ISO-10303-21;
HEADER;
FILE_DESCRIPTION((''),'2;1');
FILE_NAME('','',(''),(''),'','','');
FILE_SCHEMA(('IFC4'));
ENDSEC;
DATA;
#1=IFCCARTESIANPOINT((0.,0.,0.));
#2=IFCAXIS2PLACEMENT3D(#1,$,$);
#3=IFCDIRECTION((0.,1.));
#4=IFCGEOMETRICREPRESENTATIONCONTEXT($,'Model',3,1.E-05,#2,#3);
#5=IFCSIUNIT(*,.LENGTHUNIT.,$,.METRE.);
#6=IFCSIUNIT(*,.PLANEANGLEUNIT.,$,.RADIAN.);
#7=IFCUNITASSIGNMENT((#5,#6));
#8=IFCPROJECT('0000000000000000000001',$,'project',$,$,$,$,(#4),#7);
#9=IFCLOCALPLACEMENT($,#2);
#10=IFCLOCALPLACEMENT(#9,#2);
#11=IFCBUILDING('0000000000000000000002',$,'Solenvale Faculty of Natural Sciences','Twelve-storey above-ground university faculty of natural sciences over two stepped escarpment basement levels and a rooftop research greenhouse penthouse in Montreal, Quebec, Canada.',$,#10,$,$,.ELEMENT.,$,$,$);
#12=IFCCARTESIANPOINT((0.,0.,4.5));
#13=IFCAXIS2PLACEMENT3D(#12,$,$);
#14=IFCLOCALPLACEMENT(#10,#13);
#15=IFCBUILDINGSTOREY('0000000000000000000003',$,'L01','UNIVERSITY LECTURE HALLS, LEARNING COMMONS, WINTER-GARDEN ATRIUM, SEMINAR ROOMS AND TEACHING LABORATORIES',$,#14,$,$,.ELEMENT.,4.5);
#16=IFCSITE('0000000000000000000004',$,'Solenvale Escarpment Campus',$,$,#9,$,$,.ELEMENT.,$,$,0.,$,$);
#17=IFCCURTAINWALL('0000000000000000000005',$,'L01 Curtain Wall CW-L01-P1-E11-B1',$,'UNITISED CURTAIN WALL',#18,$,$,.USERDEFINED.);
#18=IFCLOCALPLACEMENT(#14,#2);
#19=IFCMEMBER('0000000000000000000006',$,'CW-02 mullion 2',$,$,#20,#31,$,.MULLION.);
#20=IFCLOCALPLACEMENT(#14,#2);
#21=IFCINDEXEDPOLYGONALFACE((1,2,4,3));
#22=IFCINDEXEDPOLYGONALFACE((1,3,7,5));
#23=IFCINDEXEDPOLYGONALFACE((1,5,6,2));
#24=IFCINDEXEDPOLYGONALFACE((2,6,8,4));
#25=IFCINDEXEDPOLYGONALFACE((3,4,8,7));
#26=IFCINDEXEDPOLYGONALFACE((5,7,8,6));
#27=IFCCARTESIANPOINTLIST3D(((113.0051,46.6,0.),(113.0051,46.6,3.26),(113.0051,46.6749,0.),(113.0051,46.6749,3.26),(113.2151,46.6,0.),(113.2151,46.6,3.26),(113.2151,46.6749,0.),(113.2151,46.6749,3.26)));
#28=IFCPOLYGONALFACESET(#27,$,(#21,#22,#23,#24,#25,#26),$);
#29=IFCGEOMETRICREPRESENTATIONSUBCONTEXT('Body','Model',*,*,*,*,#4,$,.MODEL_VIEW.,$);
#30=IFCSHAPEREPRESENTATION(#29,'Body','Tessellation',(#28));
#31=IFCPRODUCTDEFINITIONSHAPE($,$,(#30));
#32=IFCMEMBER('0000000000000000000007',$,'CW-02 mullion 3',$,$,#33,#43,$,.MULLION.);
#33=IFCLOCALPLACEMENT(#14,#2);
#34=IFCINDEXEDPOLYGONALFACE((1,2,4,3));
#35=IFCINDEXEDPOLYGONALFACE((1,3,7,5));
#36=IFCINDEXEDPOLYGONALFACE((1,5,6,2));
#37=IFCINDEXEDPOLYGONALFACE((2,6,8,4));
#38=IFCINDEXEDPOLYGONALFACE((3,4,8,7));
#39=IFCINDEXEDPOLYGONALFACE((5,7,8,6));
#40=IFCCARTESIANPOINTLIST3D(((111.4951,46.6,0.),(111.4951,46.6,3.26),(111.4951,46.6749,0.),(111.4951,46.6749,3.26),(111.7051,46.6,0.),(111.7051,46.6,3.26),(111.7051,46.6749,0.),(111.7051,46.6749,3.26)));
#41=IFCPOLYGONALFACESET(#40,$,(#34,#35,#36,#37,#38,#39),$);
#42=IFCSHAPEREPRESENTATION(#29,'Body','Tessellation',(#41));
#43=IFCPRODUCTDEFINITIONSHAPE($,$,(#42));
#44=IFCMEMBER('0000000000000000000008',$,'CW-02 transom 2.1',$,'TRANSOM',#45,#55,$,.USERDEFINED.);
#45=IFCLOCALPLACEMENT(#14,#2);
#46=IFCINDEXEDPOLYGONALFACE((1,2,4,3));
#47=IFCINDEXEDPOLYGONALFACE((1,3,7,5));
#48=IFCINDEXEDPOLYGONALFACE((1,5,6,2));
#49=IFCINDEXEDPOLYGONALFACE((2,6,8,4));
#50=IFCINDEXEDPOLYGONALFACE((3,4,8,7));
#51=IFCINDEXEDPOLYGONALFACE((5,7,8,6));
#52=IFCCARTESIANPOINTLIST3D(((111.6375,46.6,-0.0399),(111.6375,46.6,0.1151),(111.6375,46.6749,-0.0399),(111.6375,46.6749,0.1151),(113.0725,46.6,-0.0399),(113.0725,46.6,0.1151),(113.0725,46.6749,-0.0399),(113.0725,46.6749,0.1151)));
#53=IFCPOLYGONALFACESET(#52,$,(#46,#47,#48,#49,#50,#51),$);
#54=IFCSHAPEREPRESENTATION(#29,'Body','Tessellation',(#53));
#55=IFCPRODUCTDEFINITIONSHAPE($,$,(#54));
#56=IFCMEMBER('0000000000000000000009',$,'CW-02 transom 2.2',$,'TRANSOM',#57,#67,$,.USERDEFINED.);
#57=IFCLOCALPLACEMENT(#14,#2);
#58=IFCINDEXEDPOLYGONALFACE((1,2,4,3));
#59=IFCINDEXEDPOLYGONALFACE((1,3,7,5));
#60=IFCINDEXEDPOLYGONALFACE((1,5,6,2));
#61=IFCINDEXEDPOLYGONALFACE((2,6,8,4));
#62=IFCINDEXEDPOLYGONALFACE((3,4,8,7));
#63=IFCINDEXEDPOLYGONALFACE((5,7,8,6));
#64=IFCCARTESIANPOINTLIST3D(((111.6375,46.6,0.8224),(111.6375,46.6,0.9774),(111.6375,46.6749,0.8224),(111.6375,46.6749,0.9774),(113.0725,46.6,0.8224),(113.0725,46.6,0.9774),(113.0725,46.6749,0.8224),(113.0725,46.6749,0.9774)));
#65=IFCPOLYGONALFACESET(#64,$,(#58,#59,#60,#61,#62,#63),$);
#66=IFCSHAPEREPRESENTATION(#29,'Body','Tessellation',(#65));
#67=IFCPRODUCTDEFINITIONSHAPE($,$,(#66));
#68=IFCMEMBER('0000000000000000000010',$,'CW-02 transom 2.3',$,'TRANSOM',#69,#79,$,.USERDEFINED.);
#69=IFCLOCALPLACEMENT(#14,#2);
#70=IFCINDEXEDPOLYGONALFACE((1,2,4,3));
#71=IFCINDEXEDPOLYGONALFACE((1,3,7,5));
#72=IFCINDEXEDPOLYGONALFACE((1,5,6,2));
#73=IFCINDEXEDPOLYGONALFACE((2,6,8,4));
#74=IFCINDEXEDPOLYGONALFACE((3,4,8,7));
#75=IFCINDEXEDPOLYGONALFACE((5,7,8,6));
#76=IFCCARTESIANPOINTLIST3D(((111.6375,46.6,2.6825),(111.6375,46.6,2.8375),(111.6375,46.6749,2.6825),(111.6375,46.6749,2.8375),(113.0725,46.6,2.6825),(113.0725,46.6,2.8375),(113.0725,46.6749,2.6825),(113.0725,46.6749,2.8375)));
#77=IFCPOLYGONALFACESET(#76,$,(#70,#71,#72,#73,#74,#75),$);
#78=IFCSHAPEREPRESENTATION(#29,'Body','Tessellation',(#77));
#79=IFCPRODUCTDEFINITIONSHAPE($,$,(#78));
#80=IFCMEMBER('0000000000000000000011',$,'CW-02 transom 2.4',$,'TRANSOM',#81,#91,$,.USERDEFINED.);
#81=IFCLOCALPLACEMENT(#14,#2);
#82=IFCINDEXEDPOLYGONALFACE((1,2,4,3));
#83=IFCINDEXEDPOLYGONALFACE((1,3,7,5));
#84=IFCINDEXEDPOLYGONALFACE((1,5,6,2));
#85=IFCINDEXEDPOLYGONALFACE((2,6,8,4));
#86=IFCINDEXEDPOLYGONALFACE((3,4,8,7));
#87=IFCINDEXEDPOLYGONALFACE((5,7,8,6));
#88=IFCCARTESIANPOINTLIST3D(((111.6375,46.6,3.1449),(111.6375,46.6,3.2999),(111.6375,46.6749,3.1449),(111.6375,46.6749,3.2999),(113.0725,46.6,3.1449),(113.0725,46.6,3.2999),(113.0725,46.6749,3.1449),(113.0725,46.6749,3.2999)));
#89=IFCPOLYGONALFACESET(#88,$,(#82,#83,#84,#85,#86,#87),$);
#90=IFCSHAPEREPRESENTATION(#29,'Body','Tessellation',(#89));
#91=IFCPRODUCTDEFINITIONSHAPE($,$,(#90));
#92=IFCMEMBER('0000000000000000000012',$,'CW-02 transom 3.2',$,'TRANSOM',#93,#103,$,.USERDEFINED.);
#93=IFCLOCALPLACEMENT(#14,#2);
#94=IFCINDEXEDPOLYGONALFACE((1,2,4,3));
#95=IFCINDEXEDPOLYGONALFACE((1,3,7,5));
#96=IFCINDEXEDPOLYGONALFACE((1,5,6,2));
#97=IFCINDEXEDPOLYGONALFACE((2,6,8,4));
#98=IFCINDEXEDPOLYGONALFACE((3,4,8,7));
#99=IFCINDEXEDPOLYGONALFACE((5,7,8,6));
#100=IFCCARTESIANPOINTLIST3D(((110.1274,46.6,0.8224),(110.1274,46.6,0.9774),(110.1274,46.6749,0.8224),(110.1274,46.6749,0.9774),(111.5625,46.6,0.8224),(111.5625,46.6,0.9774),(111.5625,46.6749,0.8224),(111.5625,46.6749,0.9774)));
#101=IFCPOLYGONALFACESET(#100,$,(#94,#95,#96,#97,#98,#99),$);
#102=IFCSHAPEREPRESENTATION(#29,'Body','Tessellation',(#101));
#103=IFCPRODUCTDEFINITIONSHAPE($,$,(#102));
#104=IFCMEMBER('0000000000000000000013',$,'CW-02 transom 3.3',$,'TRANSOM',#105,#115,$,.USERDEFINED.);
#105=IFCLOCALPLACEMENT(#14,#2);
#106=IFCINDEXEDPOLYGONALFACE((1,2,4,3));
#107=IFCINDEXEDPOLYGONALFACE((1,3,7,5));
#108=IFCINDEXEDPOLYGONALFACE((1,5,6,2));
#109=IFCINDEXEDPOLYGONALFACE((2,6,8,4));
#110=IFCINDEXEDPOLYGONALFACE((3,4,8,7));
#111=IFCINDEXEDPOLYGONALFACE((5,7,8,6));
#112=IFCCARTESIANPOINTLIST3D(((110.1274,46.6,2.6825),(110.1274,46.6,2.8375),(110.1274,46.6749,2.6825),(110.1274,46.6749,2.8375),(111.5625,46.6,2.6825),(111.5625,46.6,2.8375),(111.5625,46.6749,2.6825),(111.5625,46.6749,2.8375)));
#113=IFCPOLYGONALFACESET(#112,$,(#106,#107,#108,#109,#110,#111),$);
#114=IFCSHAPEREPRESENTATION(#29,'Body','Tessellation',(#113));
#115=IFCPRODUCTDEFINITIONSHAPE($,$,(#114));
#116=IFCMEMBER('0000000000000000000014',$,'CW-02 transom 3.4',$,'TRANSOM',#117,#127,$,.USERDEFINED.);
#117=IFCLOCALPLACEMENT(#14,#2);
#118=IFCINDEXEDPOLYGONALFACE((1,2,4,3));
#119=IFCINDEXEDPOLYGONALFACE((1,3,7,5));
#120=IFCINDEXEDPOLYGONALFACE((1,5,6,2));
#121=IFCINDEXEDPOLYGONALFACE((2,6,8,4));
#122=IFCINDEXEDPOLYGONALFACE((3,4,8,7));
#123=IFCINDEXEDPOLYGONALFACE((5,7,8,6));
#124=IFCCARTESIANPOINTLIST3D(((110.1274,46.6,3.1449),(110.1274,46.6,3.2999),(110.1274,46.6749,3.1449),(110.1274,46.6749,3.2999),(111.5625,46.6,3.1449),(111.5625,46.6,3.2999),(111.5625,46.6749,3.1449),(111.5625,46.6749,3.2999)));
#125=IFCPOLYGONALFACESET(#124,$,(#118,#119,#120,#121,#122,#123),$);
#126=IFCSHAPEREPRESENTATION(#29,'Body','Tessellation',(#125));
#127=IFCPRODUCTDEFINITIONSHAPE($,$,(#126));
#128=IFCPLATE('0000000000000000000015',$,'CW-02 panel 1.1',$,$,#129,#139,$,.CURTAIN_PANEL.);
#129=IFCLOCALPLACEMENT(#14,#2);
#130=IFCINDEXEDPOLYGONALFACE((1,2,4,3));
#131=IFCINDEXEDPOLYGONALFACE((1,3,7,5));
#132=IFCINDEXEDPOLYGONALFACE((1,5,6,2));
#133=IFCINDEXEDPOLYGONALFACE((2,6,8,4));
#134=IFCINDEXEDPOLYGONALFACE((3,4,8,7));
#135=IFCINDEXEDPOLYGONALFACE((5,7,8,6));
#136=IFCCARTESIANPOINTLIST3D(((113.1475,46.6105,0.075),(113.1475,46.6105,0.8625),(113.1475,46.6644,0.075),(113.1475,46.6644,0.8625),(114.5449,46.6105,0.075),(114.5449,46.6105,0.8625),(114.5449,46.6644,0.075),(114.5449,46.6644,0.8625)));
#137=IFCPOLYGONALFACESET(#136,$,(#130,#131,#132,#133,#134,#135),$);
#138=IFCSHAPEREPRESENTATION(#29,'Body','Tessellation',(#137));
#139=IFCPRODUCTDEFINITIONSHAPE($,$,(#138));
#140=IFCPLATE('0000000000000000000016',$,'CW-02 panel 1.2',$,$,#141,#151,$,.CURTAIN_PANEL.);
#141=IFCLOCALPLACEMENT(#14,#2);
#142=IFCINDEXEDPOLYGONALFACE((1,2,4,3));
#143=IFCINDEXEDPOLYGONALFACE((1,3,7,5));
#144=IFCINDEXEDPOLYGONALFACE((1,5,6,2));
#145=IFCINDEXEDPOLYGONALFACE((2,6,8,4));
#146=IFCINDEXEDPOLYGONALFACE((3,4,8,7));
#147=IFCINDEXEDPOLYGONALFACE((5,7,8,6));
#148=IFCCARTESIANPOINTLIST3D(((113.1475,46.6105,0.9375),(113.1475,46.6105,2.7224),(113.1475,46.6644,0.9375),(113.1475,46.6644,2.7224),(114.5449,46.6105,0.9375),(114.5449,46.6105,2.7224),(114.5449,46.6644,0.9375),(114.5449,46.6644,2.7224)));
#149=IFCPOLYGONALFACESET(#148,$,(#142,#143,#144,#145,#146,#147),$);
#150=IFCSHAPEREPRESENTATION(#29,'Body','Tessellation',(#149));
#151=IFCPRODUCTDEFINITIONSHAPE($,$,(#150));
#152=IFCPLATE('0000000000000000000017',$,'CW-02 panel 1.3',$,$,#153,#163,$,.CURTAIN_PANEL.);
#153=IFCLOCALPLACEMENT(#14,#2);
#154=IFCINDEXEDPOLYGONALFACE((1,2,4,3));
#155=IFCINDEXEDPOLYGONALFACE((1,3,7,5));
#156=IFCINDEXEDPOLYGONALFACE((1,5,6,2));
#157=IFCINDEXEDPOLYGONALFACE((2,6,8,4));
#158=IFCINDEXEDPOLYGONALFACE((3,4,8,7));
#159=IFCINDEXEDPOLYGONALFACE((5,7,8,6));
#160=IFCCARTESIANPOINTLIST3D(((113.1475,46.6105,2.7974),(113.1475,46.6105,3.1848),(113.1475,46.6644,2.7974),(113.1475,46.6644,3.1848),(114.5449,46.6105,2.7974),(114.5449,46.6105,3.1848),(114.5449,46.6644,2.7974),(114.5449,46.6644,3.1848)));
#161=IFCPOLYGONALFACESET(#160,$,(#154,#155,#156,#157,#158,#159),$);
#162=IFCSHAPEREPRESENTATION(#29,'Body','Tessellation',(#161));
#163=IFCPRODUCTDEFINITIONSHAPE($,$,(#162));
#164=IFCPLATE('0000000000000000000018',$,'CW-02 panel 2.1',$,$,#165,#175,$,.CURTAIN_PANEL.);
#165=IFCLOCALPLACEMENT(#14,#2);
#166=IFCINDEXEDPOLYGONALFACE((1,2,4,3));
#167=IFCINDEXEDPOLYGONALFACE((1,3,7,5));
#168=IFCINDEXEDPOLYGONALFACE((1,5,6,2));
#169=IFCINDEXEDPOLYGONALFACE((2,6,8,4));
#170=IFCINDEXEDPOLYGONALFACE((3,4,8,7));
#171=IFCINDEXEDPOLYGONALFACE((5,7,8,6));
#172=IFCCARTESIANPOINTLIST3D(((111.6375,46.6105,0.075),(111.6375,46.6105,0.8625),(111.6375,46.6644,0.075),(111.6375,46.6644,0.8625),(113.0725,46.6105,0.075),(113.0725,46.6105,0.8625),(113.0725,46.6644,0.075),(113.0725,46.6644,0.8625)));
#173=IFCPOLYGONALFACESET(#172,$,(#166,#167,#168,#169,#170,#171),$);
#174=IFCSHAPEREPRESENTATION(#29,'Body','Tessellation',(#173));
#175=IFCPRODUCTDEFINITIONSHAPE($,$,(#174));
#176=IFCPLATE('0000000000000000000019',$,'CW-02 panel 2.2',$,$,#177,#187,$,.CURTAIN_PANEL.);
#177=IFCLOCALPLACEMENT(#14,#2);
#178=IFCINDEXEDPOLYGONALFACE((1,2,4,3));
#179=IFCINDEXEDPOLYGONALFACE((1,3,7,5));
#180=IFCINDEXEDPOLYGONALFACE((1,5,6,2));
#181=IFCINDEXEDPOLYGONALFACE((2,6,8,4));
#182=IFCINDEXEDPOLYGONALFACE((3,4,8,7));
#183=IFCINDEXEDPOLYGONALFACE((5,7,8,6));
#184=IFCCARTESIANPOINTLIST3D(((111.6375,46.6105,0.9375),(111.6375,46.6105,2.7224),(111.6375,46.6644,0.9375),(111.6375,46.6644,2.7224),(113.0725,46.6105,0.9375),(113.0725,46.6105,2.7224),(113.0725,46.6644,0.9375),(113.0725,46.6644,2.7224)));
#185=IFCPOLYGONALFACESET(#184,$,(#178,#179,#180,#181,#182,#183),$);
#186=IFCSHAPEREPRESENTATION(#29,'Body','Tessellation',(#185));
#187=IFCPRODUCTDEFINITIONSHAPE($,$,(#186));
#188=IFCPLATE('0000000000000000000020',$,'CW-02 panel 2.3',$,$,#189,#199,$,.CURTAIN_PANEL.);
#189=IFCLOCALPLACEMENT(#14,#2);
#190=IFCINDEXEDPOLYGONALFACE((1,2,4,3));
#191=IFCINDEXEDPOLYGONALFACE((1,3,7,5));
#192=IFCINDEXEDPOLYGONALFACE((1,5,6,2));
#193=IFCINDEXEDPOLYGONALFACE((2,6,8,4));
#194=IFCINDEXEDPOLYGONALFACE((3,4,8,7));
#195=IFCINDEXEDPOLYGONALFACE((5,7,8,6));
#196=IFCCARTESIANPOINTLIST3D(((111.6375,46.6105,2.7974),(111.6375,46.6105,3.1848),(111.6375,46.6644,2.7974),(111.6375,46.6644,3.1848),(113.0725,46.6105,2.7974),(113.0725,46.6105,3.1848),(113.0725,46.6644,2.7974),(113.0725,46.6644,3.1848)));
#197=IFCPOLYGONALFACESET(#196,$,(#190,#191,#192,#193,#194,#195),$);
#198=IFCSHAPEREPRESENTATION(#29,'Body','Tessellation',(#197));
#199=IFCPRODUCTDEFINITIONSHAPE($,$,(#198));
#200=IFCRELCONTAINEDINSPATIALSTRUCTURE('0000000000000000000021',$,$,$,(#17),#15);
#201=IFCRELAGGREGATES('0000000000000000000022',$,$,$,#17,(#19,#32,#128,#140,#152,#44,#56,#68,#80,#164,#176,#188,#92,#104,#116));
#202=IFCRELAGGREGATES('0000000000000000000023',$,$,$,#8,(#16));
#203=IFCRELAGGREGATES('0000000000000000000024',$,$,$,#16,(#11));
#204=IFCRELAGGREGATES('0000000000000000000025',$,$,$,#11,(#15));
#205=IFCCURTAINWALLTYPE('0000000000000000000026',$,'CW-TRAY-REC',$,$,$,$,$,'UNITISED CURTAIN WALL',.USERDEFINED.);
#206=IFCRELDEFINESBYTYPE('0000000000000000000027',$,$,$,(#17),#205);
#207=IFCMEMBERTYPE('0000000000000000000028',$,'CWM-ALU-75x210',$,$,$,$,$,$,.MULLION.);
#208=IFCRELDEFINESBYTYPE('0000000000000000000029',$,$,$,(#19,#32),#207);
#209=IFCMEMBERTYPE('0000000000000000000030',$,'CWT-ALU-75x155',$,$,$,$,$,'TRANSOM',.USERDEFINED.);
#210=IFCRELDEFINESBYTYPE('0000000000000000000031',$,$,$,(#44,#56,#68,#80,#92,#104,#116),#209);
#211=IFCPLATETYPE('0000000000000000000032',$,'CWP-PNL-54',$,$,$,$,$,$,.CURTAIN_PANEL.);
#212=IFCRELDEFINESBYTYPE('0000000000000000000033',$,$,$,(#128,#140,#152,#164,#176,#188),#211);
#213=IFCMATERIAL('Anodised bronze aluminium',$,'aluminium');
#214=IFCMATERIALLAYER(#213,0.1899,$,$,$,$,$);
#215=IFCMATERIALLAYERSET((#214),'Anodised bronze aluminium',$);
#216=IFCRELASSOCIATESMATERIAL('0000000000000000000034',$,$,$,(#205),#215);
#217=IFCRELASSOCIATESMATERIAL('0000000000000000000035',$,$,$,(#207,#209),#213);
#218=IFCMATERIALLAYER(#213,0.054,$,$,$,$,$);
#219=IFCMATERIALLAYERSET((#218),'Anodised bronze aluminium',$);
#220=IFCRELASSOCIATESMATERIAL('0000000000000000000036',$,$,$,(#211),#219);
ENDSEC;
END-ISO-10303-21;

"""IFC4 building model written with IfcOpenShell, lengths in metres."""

from ifc_helpers import new_model, si_unit, direction, frame, origin, origin_2d, place, context, subcontext, project, spatial, rectangle, extrude, material, layer, layer_set, material_profile, profile_set, type_object, element, aggregate, save


model = new_model("IFC4")

# Units and contexts
model_context = context("Model", 3, precision=1e-05, world=origin(), true_north=direction((0.0, 1.0)))
body_context = subcontext(model_context, "Body", "Model", "MODEL_VIEW")
ifc_project = project(units=[si_unit("LENGTHUNIT", "METRE"), si_unit("PLANEANGLEUNIT", "RADIAN")], contexts=[model_context])

# Site, building, storey
site_placement = place(None, origin())
site = spatial("IfcSite", under=ifc_project, at=site_placement, Name="Solenvale Escarpment Campus", CompositionType="ELEMENT", RefElevation=0.0)
building_placement = place(site_placement, origin())
building = spatial("IfcBuilding", under=site, at=building_placement, Name="Solenvale Faculty of Natural Sciences", Description="Twelve-storey above-ground university faculty of natural sciences over two stepped escarpment basement levels and a rooftop research greenhouse penthouse in Montreal, Quebec, Canada.", CompositionType="ELEMENT")
storey_placement = place(building_placement, frame((0.0, 0.0, 4.5)))
storey = spatial("IfcBuildingStorey", under=building, at=storey_placement, Name="L01", Description="UNIVERSITY LECTURE HALLS, LEARNING COMMONS, WINTER-GARDEN ATRIUM, SEMINAR ROOMS AND TEACHING LABORATORIES", CompositionType="ELEMENT", Elevation=4.5)

# Curtain wall, members, plates
ifc_material_1 = material(Name="Anodised bronze aluminium", Category="aluminium")
ifc_layer_1 = layer(ifc_material_1, 0.1899)
ifc_layer_set_1 = layer_set([ifc_layer_1], Name="Anodised bronze aluminium")
curtain_wall_type = type_object("IfcCurtainWallType", Name="CW-TRAY-REC", ElementType="UNITISED CURTAIN WALL", PredefinedType="USERDEFINED", material=ifc_layer_set_1)
curtain_wall_placement = place(storey_placement, origin())
curtain_wall = element("IfcCurtainWall", 1, at=curtain_wall_placement, inside=storey, type_object=curtain_wall_type, Name="L01 Curtain Wall CW-L01-P1-E11-B1", ObjectType="UNITISED CURTAIN WALL", PredefinedType="USERDEFINED")
ifc_material_profile_1 = material_profile(ifc_material_1, rectangle(XDim=0.075, YDim=0.21, at=origin_2d()), Name="ALU-MUL-75x210")
ifc_profile_set_1 = profile_set([ifc_material_profile_1], Name="Anodised bronze aluminium")
member_type_1 = type_object("IfcMemberType", Name="CWM-ALU-75x210", PredefinedType="MULLION", material=ifc_profile_set_1)
member_1_placement = place(storey_placement, frame((113.1101, 46.6375, 0.0), z_axis=(0.0, 0.0, 1.0), x_axis=(0.0, -1.0, 0.0)))
member_1 = element("IfcMember", 2, at=member_1_placement, type_object=member_type_1, Name="CW-02 mullion 2", PredefinedType="MULLION", context=body_context, shape_type="SweptSolid", body=[
    extrude(rectangle(XDim=0.075, YDim=0.21, at=origin_2d()), origin(), (0.0, 0.0, 1.0), 3.26),
])
member_2_placement = place(storey_placement, frame((111.6001, 46.6375, 0.0), z_axis=(0.0, 0.0, 1.0), x_axis=(0.0, -1.0, 0.0)))
member_2 = element("IfcMember", 3, at=member_2_placement, type_object=member_type_1, Name="CW-02 mullion 3", PredefinedType="MULLION", context=body_context, shape_type="SweptSolid", body=[
    extrude(rectangle(XDim=0.075, YDim=0.21, at=origin_2d()), origin(), (0.0, 0.0, 1.0), 3.26),
])
ifc_material_profile_2 = material_profile(ifc_material_1, rectangle(XDim=0.075, YDim=0.155, at=origin_2d()), Name="ALU-TRN-75x155")
ifc_profile_set_2 = profile_set([ifc_material_profile_2], Name="Anodised bronze aluminium")
member_type_2 = type_object("IfcMemberType", Name="CWT-ALU-75x155", ElementType="TRANSOM", PredefinedType="USERDEFINED", material=ifc_profile_set_2)
member_3_placement = place(storey_placement, frame((113.0725, 46.6375, 0.0376), z_axis=(-1.0, 0.0, 0.0), x_axis=(0.0, -1.0, 0.0)))
member_3 = element("IfcMember", 4, at=member_3_placement, type_object=member_type_2, Name="CW-02 transom 2.1", ObjectType="TRANSOM", PredefinedType="USERDEFINED", context=body_context, shape_type="SweptSolid", body=[
    extrude(rectangle(XDim=0.075, YDim=0.155, at=origin_2d()), origin(), (0.0, 0.0, 1.0), 1.4351),
])
member_4_placement = place(storey_placement, frame((113.0725, 46.6375, 0.8999), z_axis=(-1.0, 0.0, 0.0), x_axis=(0.0, -1.0, 0.0)))
member_4 = element("IfcMember", 5, at=member_4_placement, type_object=member_type_2, Name="CW-02 transom 2.2", ObjectType="TRANSOM", PredefinedType="USERDEFINED", context=body_context, shape_type="SweptSolid", body=[
    extrude(rectangle(XDim=0.075, YDim=0.155, at=origin_2d()), origin(), (0.0, 0.0, 1.0), 1.4351),
])
member_5_placement = place(storey_placement, frame((113.0725, 46.6375, 2.76), z_axis=(-1.0, 0.0, 0.0), x_axis=(0.0, -1.0, 0.0)))
member_5 = element("IfcMember", 6, at=member_5_placement, type_object=member_type_2, Name="CW-02 transom 2.3", ObjectType="TRANSOM", PredefinedType="USERDEFINED", context=body_context, shape_type="SweptSolid", body=[
    extrude(rectangle(XDim=0.075, YDim=0.155, at=origin_2d()), origin(), (0.0, 0.0, 1.0), 1.4351),
])
member_6_placement = place(storey_placement, frame((113.0725, 46.6375, 3.2224), z_axis=(-1.0, 0.0, 0.0), x_axis=(0.0, -1.0, 0.0)))
member_6 = element("IfcMember", 7, at=member_6_placement, type_object=member_type_2, Name="CW-02 transom 2.4", ObjectType="TRANSOM", PredefinedType="USERDEFINED", context=body_context, shape_type="SweptSolid", body=[
    extrude(rectangle(XDim=0.075, YDim=0.155, at=origin_2d()), origin(), (0.0, 0.0, 1.0), 1.4351),
])
member_7_placement = place(storey_placement, frame((111.5625, 46.6375, 0.8999), z_axis=(-1.0, 0.0, 0.0), x_axis=(0.0, -1.0, 0.0)))
member_7 = element("IfcMember", 8, at=member_7_placement, type_object=member_type_2, Name="CW-02 transom 3.2", ObjectType="TRANSOM", PredefinedType="USERDEFINED", context=body_context, shape_type="SweptSolid", body=[
    extrude(rectangle(XDim=0.075, YDim=0.155, at=origin_2d()), origin(), (0.0, 0.0, 1.0), 1.4351),
])
member_8_placement = place(storey_placement, frame((111.5625, 46.6375, 2.76), z_axis=(-1.0, 0.0, 0.0), x_axis=(0.0, -1.0, 0.0)))
member_8 = element("IfcMember", 9, at=member_8_placement, type_object=member_type_2, Name="CW-02 transom 3.3", ObjectType="TRANSOM", PredefinedType="USERDEFINED", context=body_context, shape_type="SweptSolid", body=[
    extrude(rectangle(XDim=0.075, YDim=0.155, at=origin_2d()), origin(), (0.0, 0.0, 1.0), 1.4351),
])
member_9_placement = place(storey_placement, frame((111.5625, 46.6375, 3.2224), z_axis=(-1.0, 0.0, 0.0), x_axis=(0.0, -1.0, 0.0)))
member_9 = element("IfcMember", 10, at=member_9_placement, type_object=member_type_2, Name="CW-02 transom 3.4", ObjectType="TRANSOM", PredefinedType="USERDEFINED", context=body_context, shape_type="SweptSolid", body=[
    extrude(rectangle(XDim=0.075, YDim=0.155, at=origin_2d()), origin(), (0.0, 0.0, 1.0), 1.4351),
])
ifc_layer_2 = layer(ifc_material_1, 0.054)
ifc_layer_set_2 = layer_set([ifc_layer_2], Name="Anodised bronze aluminium")
plate_type = type_object("IfcPlateType", Name="CWP-PNL-54", PredefinedType="CURTAIN_PANEL", material=ifc_layer_set_2)
plate_1_placement = place(storey_placement, frame((113.8462, 46.6375, 0.075), z_axis=(0.0, 0.0, 1.0), x_axis=(-1.0, 0.0, 0.0)))
plate_1 = element("IfcPlate", 11, at=plate_1_placement, type_object=plate_type, Name="CW-02 panel 1.1", PredefinedType="CURTAIN_PANEL", context=body_context, shape_type="SweptSolid", body=[
    extrude(rectangle(XDim=1.3975, YDim=0.054, at=origin_2d()), origin(), (0.0, 0.0, 1.0), 0.7876),
])
plate_2_placement = place(storey_placement, frame((113.8462, 46.6375, 0.9375), z_axis=(0.0, 0.0, 1.0), x_axis=(-1.0, 0.0, 0.0)))
plate_2 = element("IfcPlate", 12, at=plate_2_placement, type_object=plate_type, Name="CW-02 panel 1.2", PredefinedType="CURTAIN_PANEL", context=body_context, shape_type="SweptSolid", body=[
    extrude(rectangle(XDim=1.3975, YDim=0.054, at=origin_2d()), origin(), (0.0, 0.0, 1.0), 1.7849),
])
plate_3_placement = place(storey_placement, frame((113.8462, 46.6375, 2.7974), z_axis=(0.0, 0.0, 1.0), x_axis=(-1.0, 0.0, 0.0)))
plate_3 = element("IfcPlate", 13, at=plate_3_placement, type_object=plate_type, Name="CW-02 panel 1.3", PredefinedType="CURTAIN_PANEL", context=body_context, shape_type="SweptSolid", body=[
    extrude(rectangle(XDim=1.3975, YDim=0.054, at=origin_2d()), origin(), (0.0, 0.0, 1.0), 0.3875),
])
plate_4_placement = place(storey_placement, frame((112.355, 46.6375, 0.075), z_axis=(0.0, 0.0, 1.0), x_axis=(-1.0, 0.0, 0.0)))
plate_4 = element("IfcPlate", 14, at=plate_4_placement, type_object=plate_type, Name="CW-02 panel 2.1", PredefinedType="CURTAIN_PANEL", context=body_context, shape_type="SweptSolid", body=[
    extrude(rectangle(XDim=1.4351, YDim=0.054, at=origin_2d()), origin(), (0.0, 0.0, 1.0), 0.7876),
])
plate_5_placement = place(storey_placement, frame((112.355, 46.6375, 0.9375), z_axis=(0.0, 0.0, 1.0), x_axis=(-1.0, 0.0, 0.0)))
plate_5 = element("IfcPlate", 15, at=plate_5_placement, type_object=plate_type, Name="CW-02 panel 2.2", PredefinedType="CURTAIN_PANEL", context=body_context, shape_type="SweptSolid", body=[
    extrude(rectangle(XDim=1.4351, YDim=0.054, at=origin_2d()), origin(), (0.0, 0.0, 1.0), 1.7849),
])
plate_6_placement = place(storey_placement, frame((112.355, 46.6375, 2.7974), z_axis=(0.0, 0.0, 1.0), x_axis=(-1.0, 0.0, 0.0)))
plate_6 = element("IfcPlate", 16, at=plate_6_placement, type_object=plate_type, Name="CW-02 panel 2.3", PredefinedType="CURTAIN_PANEL", context=body_context, shape_type="SweptSolid", body=[
    extrude(rectangle(XDim=1.4351, YDim=0.054, at=origin_2d()), origin(), (0.0, 0.0, 1.0), 0.3875),
])
aggregate(curtain_wall, [member_1, member_2, plate_1, plate_2, plate_3, member_3, member_4, member_5, member_6, plate_4, plate_5, plate_6, member_7, member_8, member_9])

save(model, "model.ifc")
